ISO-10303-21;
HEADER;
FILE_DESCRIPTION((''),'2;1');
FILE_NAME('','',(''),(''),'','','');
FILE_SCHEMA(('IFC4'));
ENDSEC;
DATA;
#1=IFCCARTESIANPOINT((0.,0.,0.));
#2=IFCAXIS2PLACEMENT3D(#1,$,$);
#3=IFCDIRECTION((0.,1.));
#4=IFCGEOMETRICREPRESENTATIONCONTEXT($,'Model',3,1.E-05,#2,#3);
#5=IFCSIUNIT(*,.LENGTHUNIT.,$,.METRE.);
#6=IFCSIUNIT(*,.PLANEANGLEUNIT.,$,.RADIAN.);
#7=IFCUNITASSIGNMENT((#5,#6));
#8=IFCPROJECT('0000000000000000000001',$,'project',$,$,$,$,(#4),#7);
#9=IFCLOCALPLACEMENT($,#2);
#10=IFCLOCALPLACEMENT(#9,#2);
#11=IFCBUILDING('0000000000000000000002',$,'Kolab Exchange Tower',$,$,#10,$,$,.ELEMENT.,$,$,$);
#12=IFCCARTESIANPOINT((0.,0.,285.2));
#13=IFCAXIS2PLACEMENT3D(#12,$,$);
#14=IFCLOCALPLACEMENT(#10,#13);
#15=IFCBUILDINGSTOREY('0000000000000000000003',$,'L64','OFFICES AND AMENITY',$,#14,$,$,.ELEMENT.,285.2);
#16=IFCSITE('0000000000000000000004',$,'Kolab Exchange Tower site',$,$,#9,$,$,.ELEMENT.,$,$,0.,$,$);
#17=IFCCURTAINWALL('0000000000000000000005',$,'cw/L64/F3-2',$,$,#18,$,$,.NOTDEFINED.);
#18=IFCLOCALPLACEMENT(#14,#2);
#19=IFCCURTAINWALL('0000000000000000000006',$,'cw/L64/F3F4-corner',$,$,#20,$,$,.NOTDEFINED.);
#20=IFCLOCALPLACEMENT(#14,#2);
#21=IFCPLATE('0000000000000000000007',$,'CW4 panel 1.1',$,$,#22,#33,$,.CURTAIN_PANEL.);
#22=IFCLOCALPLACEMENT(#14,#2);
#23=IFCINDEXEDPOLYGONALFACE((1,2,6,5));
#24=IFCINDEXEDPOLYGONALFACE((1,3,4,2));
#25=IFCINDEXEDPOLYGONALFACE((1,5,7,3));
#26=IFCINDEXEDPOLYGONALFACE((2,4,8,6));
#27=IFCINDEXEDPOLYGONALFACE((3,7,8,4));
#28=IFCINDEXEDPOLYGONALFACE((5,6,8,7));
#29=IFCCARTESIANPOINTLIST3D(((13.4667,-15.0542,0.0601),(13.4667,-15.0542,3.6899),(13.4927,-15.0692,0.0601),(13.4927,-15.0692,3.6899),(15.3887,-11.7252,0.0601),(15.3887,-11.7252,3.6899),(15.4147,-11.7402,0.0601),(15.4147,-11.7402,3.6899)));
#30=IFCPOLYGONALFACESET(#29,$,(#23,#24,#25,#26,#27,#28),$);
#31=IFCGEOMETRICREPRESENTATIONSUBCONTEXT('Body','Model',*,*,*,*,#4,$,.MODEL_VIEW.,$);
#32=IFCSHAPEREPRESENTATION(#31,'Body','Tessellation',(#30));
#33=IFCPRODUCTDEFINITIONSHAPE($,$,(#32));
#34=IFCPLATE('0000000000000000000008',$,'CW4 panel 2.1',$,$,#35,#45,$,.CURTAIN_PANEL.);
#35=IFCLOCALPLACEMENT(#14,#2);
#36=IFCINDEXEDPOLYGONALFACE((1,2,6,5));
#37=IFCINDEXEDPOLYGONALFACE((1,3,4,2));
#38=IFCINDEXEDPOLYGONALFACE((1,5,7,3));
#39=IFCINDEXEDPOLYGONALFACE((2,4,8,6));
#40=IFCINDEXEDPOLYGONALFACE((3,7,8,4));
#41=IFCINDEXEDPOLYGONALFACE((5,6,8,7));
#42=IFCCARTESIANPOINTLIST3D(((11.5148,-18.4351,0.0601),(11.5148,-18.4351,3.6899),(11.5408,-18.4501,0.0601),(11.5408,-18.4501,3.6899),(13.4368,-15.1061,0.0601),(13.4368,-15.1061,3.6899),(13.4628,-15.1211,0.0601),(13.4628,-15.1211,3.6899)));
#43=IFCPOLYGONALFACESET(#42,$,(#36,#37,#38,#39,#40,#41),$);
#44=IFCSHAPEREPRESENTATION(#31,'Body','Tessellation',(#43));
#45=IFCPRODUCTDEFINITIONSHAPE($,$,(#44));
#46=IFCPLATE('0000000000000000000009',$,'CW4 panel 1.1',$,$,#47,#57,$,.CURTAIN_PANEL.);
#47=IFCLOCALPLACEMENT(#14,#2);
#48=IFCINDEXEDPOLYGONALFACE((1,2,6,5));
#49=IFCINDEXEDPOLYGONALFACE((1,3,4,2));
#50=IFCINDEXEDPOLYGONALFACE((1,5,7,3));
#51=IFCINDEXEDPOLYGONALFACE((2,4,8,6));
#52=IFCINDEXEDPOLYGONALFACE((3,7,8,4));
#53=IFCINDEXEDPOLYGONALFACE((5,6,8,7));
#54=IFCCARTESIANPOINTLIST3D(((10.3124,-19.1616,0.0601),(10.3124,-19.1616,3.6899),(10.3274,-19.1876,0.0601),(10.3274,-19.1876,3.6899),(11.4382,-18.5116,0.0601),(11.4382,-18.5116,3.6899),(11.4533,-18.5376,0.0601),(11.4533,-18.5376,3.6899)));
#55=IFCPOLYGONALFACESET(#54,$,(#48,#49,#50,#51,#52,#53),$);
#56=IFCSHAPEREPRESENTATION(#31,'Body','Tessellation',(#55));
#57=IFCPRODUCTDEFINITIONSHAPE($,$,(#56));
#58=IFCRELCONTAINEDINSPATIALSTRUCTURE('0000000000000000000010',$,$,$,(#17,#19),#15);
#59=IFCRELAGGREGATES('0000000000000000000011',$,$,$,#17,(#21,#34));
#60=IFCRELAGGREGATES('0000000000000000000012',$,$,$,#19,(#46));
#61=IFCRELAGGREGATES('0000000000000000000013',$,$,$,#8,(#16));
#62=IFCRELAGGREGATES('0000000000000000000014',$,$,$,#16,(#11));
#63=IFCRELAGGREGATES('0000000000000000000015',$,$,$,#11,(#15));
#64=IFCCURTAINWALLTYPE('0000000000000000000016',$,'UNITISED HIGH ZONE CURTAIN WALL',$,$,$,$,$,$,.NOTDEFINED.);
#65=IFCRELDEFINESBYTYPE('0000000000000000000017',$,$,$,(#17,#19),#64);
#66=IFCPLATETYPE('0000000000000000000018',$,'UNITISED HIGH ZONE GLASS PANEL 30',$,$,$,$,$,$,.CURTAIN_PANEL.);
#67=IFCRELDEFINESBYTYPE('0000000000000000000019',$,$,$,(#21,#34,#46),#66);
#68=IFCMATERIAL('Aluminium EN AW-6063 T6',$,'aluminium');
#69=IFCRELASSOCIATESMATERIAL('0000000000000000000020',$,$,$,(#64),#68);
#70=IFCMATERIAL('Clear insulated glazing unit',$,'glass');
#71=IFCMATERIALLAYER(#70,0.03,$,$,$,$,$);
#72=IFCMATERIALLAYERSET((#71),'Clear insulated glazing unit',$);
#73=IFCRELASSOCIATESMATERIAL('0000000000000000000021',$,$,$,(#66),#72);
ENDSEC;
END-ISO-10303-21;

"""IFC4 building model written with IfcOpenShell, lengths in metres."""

from ifc_helpers import new_model, si_unit, direction, frame, origin, origin_2d, place, context, subcontext, project, spatial, rectangle, extrude, material, layer, layer_set, type_object, element, aggregate, save


model = new_model("IFC4")

# Units and contexts
model_context = context("Model", 3, precision=1e-05, world=origin(), true_north=direction((0.0, 1.0)))
body_context = subcontext(model_context, "Body", "Model", "MODEL_VIEW")
ifc_project = project(units=[si_unit("LENGTHUNIT", "METRE"), si_unit("PLANEANGLEUNIT", "RADIAN")], contexts=[model_context])

# Site, building, storey
site_placement = place(None, origin())
site = spatial("IfcSite", under=ifc_project, at=site_placement, Name="Kolab Exchange Tower site", CompositionType="ELEMENT", RefElevation=0.0)
building_placement = place(site_placement, origin())
building = spatial("IfcBuilding", under=site, at=building_placement, Name="Kolab Exchange Tower", CompositionType="ELEMENT")
storey_placement = place(building_placement, frame((0.0, 0.0, 285.2)))
storey = spatial("IfcBuildingStorey", under=building, at=storey_placement, Name="L64", Description="OFFICES AND AMENITY", CompositionType="ELEMENT", Elevation=285.2)

# Curtain wall
ifc_material_1 = material(Name="Aluminium EN AW-6063 T6", Category="aluminium")
curtain_wall_type = type_object("IfcCurtainWallType", Name="UNITISED HIGH ZONE CURTAIN WALL", PredefinedType="NOTDEFINED", material=ifc_material_1)
curtain_wall_1_placement = place(storey_placement, origin())
curtain_wall_1 = element("IfcCurtainWall", 1, at=curtain_wall_1_placement, inside=storey, type_object=curtain_wall_type, Name="cw/L64/F3-2", PredefinedType="NOTDEFINED")

# Curtain wall
curtain_wall_2_placement = place(storey_placement, origin())
curtain_wall_2 = element("IfcCurtainWall", 2, at=curtain_wall_2_placement, inside=storey, type_object=curtain_wall_type, Name="cw/L64/F3F4-corner", PredefinedType="NOTDEFINED")

# Plates
ifc_material_2 = material(Name="Clear insulated glazing unit", Category="glass")
ifc_layer = layer(ifc_material_2, 0.03)
ifc_layer_set = layer_set([ifc_layer], Name="Clear insulated glazing unit")
plate_type = type_object("IfcPlateType", Name="UNITISED HIGH ZONE GLASS PANEL 30", PredefinedType="CURTAIN_PANEL", material=ifc_layer_set)
plate_1_placement = place(storey_placement, frame((14.4407, -13.3972, 0.0601), z_axis=(0.0, 0.0, 1.0), x_axis=(-0.5, -0.866025, 0.0)))
plate_1 = element("IfcPlate", 3, at=plate_1_placement, type_object=plate_type, Name="CW4 panel 1.1", PredefinedType="CURTAIN_PANEL", context=body_context, shape_type="SweptSolid", body=[
    extrude(rectangle(XDim=3.844, YDim=0.03, at=origin_2d()), origin(), (0.0, 0.0, 1.0), 3.6299),
])
plate_2_placement = place(storey_placement, frame((12.4888, -16.7781, 0.0601), z_axis=(0.0, 0.0, 1.0), x_axis=(-0.5, -0.866025, 0.0)))
plate_2 = element("IfcPlate", 4, at=plate_2_placement, type_object=plate_type, Name="CW4 panel 2.1", PredefinedType="CURTAIN_PANEL", context=body_context, shape_type="SweptSolid", body=[
    extrude(rectangle(XDim=3.844, YDim=0.03, at=origin_2d()), origin(), (0.0, 0.0, 1.0), 3.6299),
])
aggregate(curtain_wall_1, [plate_1, plate_2])
plate_3_placement = place(storey_placement, frame((10.8828, -18.8496, 0.0601), z_axis=(0.0, 0.0, 1.0), x_axis=(-0.866025, -0.5, 0.0)))
plate_3 = element("IfcPlate", 5, at=plate_3_placement, type_object=plate_type, Name="CW4 panel 1.1", PredefinedType="CURTAIN_PANEL", context=body_context, shape_type="SweptSolid", body=[
    extrude(rectangle(XDim=1.3, YDim=0.03, at=origin_2d()), origin(), (0.0, 0.0, 1.0), 3.6299),
])
aggregate(curtain_wall_2, [plate_3])

save(model, "model.ifc")
